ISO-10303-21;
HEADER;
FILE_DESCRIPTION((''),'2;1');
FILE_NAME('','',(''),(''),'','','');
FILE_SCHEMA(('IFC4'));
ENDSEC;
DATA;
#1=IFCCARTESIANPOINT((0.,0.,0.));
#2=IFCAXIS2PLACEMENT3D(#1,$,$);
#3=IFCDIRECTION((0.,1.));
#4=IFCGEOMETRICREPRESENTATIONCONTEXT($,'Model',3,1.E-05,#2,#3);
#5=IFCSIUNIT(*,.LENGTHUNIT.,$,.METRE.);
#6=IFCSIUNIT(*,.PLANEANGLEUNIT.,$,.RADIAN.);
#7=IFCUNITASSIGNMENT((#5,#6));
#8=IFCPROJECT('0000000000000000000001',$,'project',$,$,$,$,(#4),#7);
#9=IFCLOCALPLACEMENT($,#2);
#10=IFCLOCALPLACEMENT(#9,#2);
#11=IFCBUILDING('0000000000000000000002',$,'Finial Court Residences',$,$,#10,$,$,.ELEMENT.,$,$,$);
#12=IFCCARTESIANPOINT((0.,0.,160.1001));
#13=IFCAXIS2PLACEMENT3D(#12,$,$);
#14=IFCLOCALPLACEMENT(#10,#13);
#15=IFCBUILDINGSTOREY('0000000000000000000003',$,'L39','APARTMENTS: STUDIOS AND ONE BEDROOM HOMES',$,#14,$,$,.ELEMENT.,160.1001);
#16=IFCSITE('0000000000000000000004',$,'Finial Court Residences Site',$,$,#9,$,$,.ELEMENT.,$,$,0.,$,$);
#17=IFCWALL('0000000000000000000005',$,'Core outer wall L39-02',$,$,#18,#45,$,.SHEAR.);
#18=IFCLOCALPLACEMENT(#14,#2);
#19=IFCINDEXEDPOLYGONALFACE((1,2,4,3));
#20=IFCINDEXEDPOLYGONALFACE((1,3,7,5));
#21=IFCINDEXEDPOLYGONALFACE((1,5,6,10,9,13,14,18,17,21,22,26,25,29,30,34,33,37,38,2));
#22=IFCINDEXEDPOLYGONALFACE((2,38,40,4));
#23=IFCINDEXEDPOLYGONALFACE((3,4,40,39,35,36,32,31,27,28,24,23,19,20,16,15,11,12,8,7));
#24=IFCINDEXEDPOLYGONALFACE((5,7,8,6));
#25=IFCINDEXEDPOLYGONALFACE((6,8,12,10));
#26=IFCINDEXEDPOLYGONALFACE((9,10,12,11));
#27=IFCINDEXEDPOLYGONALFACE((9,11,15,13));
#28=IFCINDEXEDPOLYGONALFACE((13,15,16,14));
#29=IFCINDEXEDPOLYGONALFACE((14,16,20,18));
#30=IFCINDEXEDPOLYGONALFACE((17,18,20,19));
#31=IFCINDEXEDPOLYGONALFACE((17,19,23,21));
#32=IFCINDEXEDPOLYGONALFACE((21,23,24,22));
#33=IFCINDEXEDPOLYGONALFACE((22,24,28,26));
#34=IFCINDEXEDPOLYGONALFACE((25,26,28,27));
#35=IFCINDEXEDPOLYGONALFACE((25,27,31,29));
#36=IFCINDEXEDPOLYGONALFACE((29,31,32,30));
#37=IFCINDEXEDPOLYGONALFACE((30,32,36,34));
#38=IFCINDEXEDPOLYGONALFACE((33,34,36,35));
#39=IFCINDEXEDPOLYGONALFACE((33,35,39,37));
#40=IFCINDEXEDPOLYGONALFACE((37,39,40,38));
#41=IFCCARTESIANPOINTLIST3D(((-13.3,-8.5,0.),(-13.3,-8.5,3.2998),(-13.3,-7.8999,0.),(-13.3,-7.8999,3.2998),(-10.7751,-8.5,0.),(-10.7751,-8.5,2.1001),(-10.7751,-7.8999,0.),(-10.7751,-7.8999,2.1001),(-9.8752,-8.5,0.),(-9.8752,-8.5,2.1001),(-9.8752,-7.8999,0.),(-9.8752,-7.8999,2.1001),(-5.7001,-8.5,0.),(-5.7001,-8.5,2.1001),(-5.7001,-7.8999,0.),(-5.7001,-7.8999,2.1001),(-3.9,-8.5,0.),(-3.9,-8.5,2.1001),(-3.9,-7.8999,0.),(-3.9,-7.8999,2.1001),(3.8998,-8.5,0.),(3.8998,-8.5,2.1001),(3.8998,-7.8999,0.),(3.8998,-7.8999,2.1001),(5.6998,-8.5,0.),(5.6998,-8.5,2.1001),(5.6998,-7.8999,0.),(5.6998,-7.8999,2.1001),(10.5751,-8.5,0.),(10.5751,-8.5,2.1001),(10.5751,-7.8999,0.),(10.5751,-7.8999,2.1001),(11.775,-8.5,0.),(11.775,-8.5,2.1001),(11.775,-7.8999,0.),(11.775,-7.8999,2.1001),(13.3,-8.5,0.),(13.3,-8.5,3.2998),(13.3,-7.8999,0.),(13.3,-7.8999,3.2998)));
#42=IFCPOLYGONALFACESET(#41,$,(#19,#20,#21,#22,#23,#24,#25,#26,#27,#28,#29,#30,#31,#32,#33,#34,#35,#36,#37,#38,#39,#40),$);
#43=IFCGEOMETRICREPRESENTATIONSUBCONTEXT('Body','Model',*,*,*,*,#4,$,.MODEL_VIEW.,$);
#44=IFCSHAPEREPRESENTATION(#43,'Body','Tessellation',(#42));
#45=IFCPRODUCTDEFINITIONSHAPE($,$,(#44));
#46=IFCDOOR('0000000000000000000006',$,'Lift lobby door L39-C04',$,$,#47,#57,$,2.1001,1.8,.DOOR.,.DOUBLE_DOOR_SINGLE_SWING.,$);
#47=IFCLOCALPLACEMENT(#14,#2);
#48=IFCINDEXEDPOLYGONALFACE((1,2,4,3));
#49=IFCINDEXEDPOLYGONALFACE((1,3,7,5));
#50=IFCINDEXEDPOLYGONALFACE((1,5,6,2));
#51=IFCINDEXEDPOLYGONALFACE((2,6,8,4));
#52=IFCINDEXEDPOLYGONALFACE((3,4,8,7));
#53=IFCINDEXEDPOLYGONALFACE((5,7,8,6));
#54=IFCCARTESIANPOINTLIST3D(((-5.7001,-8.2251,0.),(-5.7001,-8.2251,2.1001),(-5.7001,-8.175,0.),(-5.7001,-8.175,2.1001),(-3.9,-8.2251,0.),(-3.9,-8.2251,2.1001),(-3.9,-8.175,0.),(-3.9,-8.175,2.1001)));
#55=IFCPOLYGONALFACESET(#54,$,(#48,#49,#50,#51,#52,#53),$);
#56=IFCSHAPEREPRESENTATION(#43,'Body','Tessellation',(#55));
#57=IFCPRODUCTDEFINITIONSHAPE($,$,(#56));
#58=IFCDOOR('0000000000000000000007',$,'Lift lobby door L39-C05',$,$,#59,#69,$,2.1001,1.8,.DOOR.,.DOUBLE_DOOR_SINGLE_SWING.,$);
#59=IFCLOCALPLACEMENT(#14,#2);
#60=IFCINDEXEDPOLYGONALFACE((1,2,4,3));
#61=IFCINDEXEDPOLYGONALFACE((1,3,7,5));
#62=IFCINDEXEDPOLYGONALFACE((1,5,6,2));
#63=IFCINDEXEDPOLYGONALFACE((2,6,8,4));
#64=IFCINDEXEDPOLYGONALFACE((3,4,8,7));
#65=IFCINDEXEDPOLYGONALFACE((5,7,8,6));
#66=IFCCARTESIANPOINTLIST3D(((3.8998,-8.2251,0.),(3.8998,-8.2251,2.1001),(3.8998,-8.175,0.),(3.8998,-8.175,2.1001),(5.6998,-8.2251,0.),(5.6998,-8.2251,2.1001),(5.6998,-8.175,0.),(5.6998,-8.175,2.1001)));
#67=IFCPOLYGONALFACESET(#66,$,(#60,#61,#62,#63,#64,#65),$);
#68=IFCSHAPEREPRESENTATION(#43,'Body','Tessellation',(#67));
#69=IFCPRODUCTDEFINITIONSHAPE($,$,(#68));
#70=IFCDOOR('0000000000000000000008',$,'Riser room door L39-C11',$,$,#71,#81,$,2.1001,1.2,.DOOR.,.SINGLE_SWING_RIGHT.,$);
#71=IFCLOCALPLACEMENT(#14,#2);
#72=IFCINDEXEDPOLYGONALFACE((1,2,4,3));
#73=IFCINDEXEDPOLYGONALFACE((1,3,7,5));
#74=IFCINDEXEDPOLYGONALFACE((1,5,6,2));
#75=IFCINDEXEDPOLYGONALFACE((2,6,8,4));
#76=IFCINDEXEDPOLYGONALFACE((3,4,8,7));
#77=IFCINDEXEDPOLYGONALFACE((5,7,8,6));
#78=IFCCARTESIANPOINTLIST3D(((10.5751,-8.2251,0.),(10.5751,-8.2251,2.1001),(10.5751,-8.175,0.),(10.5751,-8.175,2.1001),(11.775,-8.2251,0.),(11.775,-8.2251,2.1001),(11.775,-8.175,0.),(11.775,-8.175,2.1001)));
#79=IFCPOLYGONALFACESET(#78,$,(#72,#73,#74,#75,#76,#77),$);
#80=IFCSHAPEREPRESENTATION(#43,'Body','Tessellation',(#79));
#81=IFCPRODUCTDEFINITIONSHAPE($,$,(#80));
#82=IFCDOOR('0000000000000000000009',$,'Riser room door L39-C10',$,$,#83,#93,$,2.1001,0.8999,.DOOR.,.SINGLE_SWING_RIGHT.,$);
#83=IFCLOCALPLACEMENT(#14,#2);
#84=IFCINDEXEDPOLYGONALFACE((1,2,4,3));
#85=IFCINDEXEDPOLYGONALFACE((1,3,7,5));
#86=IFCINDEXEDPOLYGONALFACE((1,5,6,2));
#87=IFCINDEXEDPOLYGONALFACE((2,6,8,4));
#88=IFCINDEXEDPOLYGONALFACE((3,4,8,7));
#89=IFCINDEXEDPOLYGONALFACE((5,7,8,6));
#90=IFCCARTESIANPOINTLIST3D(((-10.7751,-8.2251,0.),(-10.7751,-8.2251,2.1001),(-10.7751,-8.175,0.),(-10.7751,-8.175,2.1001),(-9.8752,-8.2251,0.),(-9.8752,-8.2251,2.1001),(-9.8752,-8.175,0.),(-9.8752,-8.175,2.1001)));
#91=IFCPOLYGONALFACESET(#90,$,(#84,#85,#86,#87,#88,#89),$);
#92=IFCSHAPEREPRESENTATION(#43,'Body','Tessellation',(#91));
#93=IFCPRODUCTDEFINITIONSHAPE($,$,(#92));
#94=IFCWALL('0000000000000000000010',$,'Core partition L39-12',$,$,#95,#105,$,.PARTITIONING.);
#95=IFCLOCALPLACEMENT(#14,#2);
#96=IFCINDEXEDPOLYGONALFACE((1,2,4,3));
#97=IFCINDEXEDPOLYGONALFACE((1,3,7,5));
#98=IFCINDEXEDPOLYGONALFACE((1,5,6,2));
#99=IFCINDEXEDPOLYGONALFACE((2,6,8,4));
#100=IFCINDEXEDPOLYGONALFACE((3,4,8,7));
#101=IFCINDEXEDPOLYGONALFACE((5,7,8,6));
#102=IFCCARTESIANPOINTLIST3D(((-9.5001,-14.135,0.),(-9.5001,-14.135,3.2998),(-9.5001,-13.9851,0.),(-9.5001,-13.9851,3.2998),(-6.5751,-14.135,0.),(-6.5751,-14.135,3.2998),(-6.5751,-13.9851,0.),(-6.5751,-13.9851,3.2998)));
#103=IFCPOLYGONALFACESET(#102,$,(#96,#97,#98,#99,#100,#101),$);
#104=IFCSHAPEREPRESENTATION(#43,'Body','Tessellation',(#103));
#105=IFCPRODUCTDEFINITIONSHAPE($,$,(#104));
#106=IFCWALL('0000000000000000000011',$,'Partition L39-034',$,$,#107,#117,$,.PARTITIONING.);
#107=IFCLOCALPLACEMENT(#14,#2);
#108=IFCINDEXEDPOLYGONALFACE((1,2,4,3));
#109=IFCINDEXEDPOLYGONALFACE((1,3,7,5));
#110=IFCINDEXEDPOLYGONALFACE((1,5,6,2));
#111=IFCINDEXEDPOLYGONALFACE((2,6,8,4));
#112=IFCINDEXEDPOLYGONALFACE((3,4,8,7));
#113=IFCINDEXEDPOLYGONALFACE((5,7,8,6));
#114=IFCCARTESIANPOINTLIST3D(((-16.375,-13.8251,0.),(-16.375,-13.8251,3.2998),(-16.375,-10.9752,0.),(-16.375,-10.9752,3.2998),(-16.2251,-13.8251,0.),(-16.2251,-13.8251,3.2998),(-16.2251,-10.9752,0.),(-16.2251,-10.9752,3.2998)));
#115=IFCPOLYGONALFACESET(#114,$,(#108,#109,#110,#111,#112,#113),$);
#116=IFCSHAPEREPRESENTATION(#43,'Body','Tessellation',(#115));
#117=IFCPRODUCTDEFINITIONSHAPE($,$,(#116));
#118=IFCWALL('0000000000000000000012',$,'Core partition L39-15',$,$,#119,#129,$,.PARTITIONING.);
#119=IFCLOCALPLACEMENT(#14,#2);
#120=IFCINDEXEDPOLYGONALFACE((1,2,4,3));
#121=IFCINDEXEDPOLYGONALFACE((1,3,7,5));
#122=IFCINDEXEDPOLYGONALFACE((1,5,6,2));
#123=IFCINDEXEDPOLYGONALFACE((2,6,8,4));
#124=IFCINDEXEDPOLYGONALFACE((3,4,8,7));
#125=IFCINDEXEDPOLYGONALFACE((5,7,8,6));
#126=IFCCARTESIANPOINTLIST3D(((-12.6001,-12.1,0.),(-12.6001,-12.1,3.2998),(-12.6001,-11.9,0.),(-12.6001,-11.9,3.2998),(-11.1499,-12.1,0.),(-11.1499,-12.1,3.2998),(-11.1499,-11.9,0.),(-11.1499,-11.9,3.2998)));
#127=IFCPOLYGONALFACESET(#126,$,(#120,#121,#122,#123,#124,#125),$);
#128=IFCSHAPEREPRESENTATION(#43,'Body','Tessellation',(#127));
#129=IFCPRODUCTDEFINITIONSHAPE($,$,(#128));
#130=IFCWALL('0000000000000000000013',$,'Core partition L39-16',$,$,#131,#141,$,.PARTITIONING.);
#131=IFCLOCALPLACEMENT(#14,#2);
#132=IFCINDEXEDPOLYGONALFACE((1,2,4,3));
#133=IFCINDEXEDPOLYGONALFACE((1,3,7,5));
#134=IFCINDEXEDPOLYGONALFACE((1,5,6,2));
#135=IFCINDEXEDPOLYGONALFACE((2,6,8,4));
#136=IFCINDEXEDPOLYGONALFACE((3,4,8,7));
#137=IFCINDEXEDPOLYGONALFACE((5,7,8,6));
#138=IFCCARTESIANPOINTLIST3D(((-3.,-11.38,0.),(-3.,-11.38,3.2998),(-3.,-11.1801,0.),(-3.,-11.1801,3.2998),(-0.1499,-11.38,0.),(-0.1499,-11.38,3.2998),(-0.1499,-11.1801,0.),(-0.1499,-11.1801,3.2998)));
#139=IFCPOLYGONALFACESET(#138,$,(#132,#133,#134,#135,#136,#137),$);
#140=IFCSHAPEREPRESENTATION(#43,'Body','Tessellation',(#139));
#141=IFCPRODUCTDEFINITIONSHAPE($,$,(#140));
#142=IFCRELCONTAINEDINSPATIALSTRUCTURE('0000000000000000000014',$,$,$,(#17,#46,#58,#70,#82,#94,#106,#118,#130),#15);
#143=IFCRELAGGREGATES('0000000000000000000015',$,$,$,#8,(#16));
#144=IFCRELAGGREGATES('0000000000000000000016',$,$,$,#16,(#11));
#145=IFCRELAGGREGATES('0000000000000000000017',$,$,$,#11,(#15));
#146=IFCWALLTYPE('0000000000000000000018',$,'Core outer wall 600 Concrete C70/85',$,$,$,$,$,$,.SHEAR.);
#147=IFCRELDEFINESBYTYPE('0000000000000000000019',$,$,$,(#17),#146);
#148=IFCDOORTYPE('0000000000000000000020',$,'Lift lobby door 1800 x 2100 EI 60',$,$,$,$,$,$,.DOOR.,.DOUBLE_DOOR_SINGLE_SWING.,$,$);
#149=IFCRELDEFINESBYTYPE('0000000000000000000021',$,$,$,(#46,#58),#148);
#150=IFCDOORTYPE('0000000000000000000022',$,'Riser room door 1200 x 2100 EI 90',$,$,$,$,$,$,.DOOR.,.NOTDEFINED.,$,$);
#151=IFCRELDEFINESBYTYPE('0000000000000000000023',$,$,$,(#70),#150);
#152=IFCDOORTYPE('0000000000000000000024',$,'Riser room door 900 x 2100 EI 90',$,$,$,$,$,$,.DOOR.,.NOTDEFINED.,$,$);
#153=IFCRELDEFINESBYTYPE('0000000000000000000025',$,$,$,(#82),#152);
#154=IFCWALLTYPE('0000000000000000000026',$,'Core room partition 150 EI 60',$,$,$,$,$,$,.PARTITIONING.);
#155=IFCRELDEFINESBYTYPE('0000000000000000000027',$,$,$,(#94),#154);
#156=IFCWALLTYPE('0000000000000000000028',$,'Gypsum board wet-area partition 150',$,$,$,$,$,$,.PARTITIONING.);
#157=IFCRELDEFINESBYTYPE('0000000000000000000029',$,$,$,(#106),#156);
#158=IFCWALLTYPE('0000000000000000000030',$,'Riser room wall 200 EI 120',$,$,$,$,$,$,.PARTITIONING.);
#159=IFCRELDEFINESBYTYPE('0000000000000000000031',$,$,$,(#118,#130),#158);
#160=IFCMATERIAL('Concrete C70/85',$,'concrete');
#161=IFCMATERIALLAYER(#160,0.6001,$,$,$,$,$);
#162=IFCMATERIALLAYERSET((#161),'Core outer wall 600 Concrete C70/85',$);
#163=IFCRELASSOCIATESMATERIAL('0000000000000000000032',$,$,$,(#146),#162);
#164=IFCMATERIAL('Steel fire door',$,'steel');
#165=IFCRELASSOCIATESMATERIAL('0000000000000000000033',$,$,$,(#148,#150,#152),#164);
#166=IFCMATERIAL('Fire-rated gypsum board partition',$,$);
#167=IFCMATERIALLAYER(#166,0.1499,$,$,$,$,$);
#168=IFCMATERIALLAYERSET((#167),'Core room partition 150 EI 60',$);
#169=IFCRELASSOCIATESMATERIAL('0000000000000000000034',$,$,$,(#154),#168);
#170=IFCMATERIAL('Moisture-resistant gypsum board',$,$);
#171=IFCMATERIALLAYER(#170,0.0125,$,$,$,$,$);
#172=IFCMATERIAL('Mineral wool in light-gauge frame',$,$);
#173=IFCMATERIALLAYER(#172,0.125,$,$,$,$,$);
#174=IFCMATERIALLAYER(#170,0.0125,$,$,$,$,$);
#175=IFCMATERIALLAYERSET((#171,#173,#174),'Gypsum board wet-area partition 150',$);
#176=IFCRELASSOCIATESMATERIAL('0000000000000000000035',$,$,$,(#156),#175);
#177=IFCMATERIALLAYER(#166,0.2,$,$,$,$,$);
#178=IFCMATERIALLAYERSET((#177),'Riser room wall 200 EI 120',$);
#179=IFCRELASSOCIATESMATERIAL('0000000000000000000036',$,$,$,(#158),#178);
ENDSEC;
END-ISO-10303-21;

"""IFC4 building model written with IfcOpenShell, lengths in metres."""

from ifc_helpers import new_model, si_unit, direction, frame, frame_2d, origin, place, context, subcontext, project, spatial, rectangle, extrude, material, layer, layer_set, type_object, element, fill, save


model = new_model("IFC4")

# Units and contexts
model_context = context("Model", 3, precision=1e-05, world=origin(), true_north=direction((0.0, 1.0)))
body_context = subcontext(model_context, "Body", "Model", "MODEL_VIEW")
ifc_project = project(units=[si_unit("LENGTHUNIT", "METRE"), si_unit("PLANEANGLEUNIT", "RADIAN")], contexts=[model_context])

# Site, building, storey
site_placement = place(None, origin())
site = spatial("IfcSite", under=ifc_project, at=site_placement, Name="Finial Court Residences Site", CompositionType="ELEMENT", RefElevation=0.0)
building_placement = place(site_placement, origin())
building = spatial("IfcBuilding", under=site, at=building_placement, Name="Finial Court Residences", CompositionType="ELEMENT")
storey_placement = place(building_placement, frame((0.0, 0.0, 160.1001)))
storey = spatial("IfcBuildingStorey", under=building, at=storey_placement, Name="L39", Description="APARTMENTS: STUDIOS AND ONE BEDROOM HOMES", CompositionType="ELEMENT", Elevation=160.1001)

# Wall, openings, doors
ifc_material_1 = material(Name="Concrete C70/85", Category="concrete")
ifc_layer_1 = layer(ifc_material_1, 0.6001)
ifc_layer_set_1 = layer_set([ifc_layer_1], Name="Core outer wall 600 Concrete C70/85")
wall_type_1 = type_object("IfcWallType", Name="Core outer wall 600 Concrete C70/85", PredefinedType="SHEAR", material=ifc_layer_set_1)
wall_1_placement = place(storey_placement, frame((-13.3, -8.2, 0.0), z_axis=(0.0, 0.0, 1.0), x_axis=(1.0, 0.0, 0.0)))
wall_1 = element("IfcWall", 1, at=wall_1_placement, inside=storey, type_object=wall_type_1, Name="Core outer wall L39-02", PredefinedType="SHEAR", context=body_context, shape_type="SweptSolid", body=[
    extrude(rectangle(XDim=26.6001, YDim=0.6001, at=frame_2d((13.3, 0.0))), origin(), (0.0, 0.0, 1.0), 3.2998),
])
opening_1_placement = place(wall_1_placement, frame((7.6001, 0.0, 0.0)))
opening_1 = element("IfcOpeningElement", 2, at=opening_1_placement, cuts=wall_1, PredefinedType="OPENING", context=body_context, shape_type="SweptSolid", body=[
    extrude(rectangle(XDim=1.8, YDim=2.1001, at=frame_2d((0.8999, 1.05))), frame((0.0, 0.3101, 0.0), z_axis=(0.0, -1.0, 0.0), x_axis=(1.0, 0.0, 0.0)), (0.0, 0.0, 1.0), 0.6201),
])
opening_2_placement = place(wall_1_placement, frame((17.2, 0.0, 0.0)))
opening_2 = element("IfcOpeningElement", 3, at=opening_2_placement, cuts=wall_1, PredefinedType="OPENING", context=body_context, shape_type="SweptSolid", body=[
    extrude(rectangle(XDim=1.8, YDim=2.1001, at=frame_2d((0.8999, 1.05))), frame((0.0, 0.3101, 0.0), z_axis=(0.0, -1.0, 0.0), x_axis=(1.0, 0.0, 0.0)), (0.0, 0.0, 1.0), 0.6201),
])
opening_3_placement = place(wall_1_placement, frame((2.5249, 0.0, 0.0)))
opening_3 = element("IfcOpeningElement", 4, at=opening_3_placement, cuts=wall_1, PredefinedType="OPENING", context=body_context, shape_type="SweptSolid", body=[
    extrude(rectangle(XDim=0.8999, YDim=2.1001, at=frame_2d((0.45, 1.05))), frame((0.0, 0.3101, 0.0), z_axis=(0.0, -1.0, 0.0), x_axis=(1.0, 0.0, 0.0)), (0.0, 0.0, 1.0), 0.6201),
])
opening_4_placement = place(wall_1_placement, frame((23.875, 0.0, 0.0)))
opening_4 = element("IfcOpeningElement", 5, at=opening_4_placement, cuts=wall_1, PredefinedType="OPENING", context=body_context, shape_type="SweptSolid", body=[
    extrude(rectangle(XDim=1.2, YDim=2.1001, at=frame_2d((0.6001, 1.05))), frame((0.0, 0.3101, 0.0), z_axis=(0.0, -1.0, 0.0), x_axis=(1.0, 0.0, 0.0)), (0.0, 0.0, 1.0), 0.6201),
])
ifc_material_2 = material(Name="Steel fire door", Category="steel")
door_type_1 = type_object("IfcDoorType", Name="Lift lobby door 1800 x 2100 EI 60", OperationType="DOUBLE_DOOR_SINGLE_SWING", PredefinedType="DOOR", material=ifc_material_2)
door_1_placement = place(opening_1_placement, origin())
door_1 = element("IfcDoor", 6, at=door_1_placement, inside=storey, type_object=door_type_1, Name="Lift lobby door L39-C04", OperationType="DOUBLE_DOOR_SINGLE_SWING", OverallHeight=2.1001, OverallWidth=1.8, PredefinedType="DOOR", context=body_context, shape_type="SweptSolid", body=[
    extrude(rectangle(XDim=1.8, YDim=2.1001, at=frame_2d((0.8999, 1.05))), frame((0.0, 0.0249, 0.0), z_axis=(0.0, -1.0, 0.0), x_axis=(1.0, 0.0, 0.0)), (0.0, 0.0, 1.0), 0.05),
])
fill(opening_1, door_1)
door_2_placement = place(opening_2_placement, origin())
door_2 = element("IfcDoor", 7, at=door_2_placement, inside=storey, type_object=door_type_1, Name="Lift lobby door L39-C05", OperationType="DOUBLE_DOOR_SINGLE_SWING", OverallHeight=2.1001, OverallWidth=1.8, PredefinedType="DOOR", context=body_context, shape_type="SweptSolid", body=[
    extrude(rectangle(XDim=1.8, YDim=2.1001, at=frame_2d((0.8999, 1.05))), frame((0.0, 0.0249, 0.0), z_axis=(0.0, -1.0, 0.0), x_axis=(1.0, 0.0, 0.0)), (0.0, 0.0, 1.0), 0.05),
])
fill(opening_2, door_2)
door_type_2 = type_object("IfcDoorType", Name="Riser room door 1200 x 2100 EI 90", OperationType="NOTDEFINED", PredefinedType="DOOR", material=ifc_material_2)
door_3_placement = place(opening_4_placement, origin())
door_3 = element("IfcDoor", 8, at=door_3_placement, inside=storey, type_object=door_type_2, Name="Riser room door L39-C11", OperationType="SINGLE_SWING_RIGHT", OverallHeight=2.1001, OverallWidth=1.2, PredefinedType="DOOR", context=body_context, shape_type="SweptSolid", body=[
    extrude(rectangle(XDim=1.2, YDim=2.1001, at=frame_2d((0.6001, 1.05))), frame((0.0, 0.0249, 0.0), z_axis=(0.0, -1.0, 0.0), x_axis=(1.0, 0.0, 0.0)), (0.0, 0.0, 1.0), 0.05),
])
fill(opening_4, door_3)
door_type_3 = type_object("IfcDoorType", Name="Riser room door 900 x 2100 EI 90", OperationType="NOTDEFINED", PredefinedType="DOOR", material=ifc_material_2)
door_4_placement = place(opening_3_placement, origin())
door_4 = element("IfcDoor", 9, at=door_4_placement, inside=storey, type_object=door_type_3, Name="Riser room door L39-C10", OperationType="SINGLE_SWING_RIGHT", OverallHeight=2.1001, OverallWidth=0.8999, PredefinedType="DOOR", context=body_context, shape_type="SweptSolid", body=[
    extrude(rectangle(XDim=0.8999, YDim=2.1001, at=frame_2d((0.45, 1.05))), frame((0.0, 0.0249, 0.0), z_axis=(0.0, -1.0, 0.0), x_axis=(1.0, 0.0, 0.0)), (0.0, 0.0, 1.0), 0.05),
])
fill(opening_3, door_4)

# Walls
ifc_material_3 = material(Name="Fire-rated gypsum board partition")
ifc_layer_2 = layer(ifc_material_3, 0.1499)
ifc_layer_set_2 = layer_set([ifc_layer_2], Name="Core room partition 150 EI 60")
wall_type_2 = type_object("IfcWallType", Name="Core room partition 150 EI 60", PredefinedType="PARTITIONING", material=ifc_layer_set_2)
wall_2_placement = place(storey_placement, frame((-9.5, -14.0601, 0.0), z_axis=(0.0, 0.0, 1.0), x_axis=(1.0, 0.0, 0.0)))
element("IfcWall", 10, at=wall_2_placement, inside=storey, type_object=wall_type_2, Name="Core partition L39-12", PredefinedType="PARTITIONING", context=body_context, shape_type="SweptSolid", body=[
    extrude(rectangle(XDim=2.925, YDim=0.1499, at=frame_2d((1.4624, 0.0))), origin(), (0.0, 0.0, 1.0), 3.2998),
])
ifc_material_4 = material(Name="Moisture-resistant gypsum board")
ifc_layer_3 = layer(ifc_material_4, 0.0125)
ifc_material_5 = material(Name="Mineral wool in light-gauge frame")
ifc_layer_4 = layer(ifc_material_5, 0.125)
ifc_layer_5 = layer(ifc_material_4, 0.0125)
ifc_layer_set_3 = layer_set([ifc_layer_3, ifc_layer_4, ifc_layer_5], Name="Gypsum board wet-area partition 150")
wall_type_3 = type_object("IfcWallType", Name="Gypsum board wet-area partition 150", PredefinedType="PARTITIONING", material=ifc_layer_set_3)
wall_3_placement = place(storey_placement, frame((-16.3, -13.825, 0.0), z_axis=(0.0, 0.0, 1.0), x_axis=(0.0, 1.0, 0.0)))
element("IfcWall", 11, at=wall_3_placement, inside=storey, type_object=wall_type_3, Name="Partition L39-034", PredefinedType="PARTITIONING", context=body_context, shape_type="SweptSolid", body=[
    extrude(rectangle(XDim=2.8499, YDim=0.1499, at=frame_2d((1.4248, 0.0))), origin(), (0.0, 0.0, 1.0), 3.2998),
])
ifc_layer_6 = layer(ifc_material_3, 0.2)
ifc_layer_set_4 = layer_set([ifc_layer_6], Name="Riser room wall 200 EI 120")
wall_type_4 = type_object("IfcWallType", Name="Riser room wall 200 EI 120", PredefinedType="PARTITIONING", material=ifc_layer_set_4)
wall_4_placement = place(storey_placement, frame((-12.6001, -12.0, 0.0), z_axis=(0.0, 0.0, 1.0), x_axis=(1.0, 0.0, 0.0)))
element("IfcWall", 12, at=wall_4_placement, inside=storey, type_object=wall_type_4, Name="Core partition L39-15", PredefinedType="PARTITIONING", context=body_context, shape_type="SweptSolid", body=[
    extrude(rectangle(XDim=1.4502, YDim=0.2, at=frame_2d((0.7251, 0.0))), origin(), (0.0, 0.0, 1.0), 3.2998),
])
wall_5_placement = place(storey_placement, frame((-3.0, -11.28, 0.0), z_axis=(0.0, 0.0, 1.0), x_axis=(1.0, 0.0, 0.0)))
element("IfcWall", 13, at=wall_5_placement, inside=storey, type_object=wall_type_4, Name="Core partition L39-16", PredefinedType="PARTITIONING", context=body_context, shape_type="SweptSolid", body=[
    extrude(rectangle(XDim=2.8501, YDim=0.2, at=frame_2d((1.425, 0.0))), origin(), (0.0, 0.0, 1.0), 3.2998),
])

save(model, "model.ifc")
